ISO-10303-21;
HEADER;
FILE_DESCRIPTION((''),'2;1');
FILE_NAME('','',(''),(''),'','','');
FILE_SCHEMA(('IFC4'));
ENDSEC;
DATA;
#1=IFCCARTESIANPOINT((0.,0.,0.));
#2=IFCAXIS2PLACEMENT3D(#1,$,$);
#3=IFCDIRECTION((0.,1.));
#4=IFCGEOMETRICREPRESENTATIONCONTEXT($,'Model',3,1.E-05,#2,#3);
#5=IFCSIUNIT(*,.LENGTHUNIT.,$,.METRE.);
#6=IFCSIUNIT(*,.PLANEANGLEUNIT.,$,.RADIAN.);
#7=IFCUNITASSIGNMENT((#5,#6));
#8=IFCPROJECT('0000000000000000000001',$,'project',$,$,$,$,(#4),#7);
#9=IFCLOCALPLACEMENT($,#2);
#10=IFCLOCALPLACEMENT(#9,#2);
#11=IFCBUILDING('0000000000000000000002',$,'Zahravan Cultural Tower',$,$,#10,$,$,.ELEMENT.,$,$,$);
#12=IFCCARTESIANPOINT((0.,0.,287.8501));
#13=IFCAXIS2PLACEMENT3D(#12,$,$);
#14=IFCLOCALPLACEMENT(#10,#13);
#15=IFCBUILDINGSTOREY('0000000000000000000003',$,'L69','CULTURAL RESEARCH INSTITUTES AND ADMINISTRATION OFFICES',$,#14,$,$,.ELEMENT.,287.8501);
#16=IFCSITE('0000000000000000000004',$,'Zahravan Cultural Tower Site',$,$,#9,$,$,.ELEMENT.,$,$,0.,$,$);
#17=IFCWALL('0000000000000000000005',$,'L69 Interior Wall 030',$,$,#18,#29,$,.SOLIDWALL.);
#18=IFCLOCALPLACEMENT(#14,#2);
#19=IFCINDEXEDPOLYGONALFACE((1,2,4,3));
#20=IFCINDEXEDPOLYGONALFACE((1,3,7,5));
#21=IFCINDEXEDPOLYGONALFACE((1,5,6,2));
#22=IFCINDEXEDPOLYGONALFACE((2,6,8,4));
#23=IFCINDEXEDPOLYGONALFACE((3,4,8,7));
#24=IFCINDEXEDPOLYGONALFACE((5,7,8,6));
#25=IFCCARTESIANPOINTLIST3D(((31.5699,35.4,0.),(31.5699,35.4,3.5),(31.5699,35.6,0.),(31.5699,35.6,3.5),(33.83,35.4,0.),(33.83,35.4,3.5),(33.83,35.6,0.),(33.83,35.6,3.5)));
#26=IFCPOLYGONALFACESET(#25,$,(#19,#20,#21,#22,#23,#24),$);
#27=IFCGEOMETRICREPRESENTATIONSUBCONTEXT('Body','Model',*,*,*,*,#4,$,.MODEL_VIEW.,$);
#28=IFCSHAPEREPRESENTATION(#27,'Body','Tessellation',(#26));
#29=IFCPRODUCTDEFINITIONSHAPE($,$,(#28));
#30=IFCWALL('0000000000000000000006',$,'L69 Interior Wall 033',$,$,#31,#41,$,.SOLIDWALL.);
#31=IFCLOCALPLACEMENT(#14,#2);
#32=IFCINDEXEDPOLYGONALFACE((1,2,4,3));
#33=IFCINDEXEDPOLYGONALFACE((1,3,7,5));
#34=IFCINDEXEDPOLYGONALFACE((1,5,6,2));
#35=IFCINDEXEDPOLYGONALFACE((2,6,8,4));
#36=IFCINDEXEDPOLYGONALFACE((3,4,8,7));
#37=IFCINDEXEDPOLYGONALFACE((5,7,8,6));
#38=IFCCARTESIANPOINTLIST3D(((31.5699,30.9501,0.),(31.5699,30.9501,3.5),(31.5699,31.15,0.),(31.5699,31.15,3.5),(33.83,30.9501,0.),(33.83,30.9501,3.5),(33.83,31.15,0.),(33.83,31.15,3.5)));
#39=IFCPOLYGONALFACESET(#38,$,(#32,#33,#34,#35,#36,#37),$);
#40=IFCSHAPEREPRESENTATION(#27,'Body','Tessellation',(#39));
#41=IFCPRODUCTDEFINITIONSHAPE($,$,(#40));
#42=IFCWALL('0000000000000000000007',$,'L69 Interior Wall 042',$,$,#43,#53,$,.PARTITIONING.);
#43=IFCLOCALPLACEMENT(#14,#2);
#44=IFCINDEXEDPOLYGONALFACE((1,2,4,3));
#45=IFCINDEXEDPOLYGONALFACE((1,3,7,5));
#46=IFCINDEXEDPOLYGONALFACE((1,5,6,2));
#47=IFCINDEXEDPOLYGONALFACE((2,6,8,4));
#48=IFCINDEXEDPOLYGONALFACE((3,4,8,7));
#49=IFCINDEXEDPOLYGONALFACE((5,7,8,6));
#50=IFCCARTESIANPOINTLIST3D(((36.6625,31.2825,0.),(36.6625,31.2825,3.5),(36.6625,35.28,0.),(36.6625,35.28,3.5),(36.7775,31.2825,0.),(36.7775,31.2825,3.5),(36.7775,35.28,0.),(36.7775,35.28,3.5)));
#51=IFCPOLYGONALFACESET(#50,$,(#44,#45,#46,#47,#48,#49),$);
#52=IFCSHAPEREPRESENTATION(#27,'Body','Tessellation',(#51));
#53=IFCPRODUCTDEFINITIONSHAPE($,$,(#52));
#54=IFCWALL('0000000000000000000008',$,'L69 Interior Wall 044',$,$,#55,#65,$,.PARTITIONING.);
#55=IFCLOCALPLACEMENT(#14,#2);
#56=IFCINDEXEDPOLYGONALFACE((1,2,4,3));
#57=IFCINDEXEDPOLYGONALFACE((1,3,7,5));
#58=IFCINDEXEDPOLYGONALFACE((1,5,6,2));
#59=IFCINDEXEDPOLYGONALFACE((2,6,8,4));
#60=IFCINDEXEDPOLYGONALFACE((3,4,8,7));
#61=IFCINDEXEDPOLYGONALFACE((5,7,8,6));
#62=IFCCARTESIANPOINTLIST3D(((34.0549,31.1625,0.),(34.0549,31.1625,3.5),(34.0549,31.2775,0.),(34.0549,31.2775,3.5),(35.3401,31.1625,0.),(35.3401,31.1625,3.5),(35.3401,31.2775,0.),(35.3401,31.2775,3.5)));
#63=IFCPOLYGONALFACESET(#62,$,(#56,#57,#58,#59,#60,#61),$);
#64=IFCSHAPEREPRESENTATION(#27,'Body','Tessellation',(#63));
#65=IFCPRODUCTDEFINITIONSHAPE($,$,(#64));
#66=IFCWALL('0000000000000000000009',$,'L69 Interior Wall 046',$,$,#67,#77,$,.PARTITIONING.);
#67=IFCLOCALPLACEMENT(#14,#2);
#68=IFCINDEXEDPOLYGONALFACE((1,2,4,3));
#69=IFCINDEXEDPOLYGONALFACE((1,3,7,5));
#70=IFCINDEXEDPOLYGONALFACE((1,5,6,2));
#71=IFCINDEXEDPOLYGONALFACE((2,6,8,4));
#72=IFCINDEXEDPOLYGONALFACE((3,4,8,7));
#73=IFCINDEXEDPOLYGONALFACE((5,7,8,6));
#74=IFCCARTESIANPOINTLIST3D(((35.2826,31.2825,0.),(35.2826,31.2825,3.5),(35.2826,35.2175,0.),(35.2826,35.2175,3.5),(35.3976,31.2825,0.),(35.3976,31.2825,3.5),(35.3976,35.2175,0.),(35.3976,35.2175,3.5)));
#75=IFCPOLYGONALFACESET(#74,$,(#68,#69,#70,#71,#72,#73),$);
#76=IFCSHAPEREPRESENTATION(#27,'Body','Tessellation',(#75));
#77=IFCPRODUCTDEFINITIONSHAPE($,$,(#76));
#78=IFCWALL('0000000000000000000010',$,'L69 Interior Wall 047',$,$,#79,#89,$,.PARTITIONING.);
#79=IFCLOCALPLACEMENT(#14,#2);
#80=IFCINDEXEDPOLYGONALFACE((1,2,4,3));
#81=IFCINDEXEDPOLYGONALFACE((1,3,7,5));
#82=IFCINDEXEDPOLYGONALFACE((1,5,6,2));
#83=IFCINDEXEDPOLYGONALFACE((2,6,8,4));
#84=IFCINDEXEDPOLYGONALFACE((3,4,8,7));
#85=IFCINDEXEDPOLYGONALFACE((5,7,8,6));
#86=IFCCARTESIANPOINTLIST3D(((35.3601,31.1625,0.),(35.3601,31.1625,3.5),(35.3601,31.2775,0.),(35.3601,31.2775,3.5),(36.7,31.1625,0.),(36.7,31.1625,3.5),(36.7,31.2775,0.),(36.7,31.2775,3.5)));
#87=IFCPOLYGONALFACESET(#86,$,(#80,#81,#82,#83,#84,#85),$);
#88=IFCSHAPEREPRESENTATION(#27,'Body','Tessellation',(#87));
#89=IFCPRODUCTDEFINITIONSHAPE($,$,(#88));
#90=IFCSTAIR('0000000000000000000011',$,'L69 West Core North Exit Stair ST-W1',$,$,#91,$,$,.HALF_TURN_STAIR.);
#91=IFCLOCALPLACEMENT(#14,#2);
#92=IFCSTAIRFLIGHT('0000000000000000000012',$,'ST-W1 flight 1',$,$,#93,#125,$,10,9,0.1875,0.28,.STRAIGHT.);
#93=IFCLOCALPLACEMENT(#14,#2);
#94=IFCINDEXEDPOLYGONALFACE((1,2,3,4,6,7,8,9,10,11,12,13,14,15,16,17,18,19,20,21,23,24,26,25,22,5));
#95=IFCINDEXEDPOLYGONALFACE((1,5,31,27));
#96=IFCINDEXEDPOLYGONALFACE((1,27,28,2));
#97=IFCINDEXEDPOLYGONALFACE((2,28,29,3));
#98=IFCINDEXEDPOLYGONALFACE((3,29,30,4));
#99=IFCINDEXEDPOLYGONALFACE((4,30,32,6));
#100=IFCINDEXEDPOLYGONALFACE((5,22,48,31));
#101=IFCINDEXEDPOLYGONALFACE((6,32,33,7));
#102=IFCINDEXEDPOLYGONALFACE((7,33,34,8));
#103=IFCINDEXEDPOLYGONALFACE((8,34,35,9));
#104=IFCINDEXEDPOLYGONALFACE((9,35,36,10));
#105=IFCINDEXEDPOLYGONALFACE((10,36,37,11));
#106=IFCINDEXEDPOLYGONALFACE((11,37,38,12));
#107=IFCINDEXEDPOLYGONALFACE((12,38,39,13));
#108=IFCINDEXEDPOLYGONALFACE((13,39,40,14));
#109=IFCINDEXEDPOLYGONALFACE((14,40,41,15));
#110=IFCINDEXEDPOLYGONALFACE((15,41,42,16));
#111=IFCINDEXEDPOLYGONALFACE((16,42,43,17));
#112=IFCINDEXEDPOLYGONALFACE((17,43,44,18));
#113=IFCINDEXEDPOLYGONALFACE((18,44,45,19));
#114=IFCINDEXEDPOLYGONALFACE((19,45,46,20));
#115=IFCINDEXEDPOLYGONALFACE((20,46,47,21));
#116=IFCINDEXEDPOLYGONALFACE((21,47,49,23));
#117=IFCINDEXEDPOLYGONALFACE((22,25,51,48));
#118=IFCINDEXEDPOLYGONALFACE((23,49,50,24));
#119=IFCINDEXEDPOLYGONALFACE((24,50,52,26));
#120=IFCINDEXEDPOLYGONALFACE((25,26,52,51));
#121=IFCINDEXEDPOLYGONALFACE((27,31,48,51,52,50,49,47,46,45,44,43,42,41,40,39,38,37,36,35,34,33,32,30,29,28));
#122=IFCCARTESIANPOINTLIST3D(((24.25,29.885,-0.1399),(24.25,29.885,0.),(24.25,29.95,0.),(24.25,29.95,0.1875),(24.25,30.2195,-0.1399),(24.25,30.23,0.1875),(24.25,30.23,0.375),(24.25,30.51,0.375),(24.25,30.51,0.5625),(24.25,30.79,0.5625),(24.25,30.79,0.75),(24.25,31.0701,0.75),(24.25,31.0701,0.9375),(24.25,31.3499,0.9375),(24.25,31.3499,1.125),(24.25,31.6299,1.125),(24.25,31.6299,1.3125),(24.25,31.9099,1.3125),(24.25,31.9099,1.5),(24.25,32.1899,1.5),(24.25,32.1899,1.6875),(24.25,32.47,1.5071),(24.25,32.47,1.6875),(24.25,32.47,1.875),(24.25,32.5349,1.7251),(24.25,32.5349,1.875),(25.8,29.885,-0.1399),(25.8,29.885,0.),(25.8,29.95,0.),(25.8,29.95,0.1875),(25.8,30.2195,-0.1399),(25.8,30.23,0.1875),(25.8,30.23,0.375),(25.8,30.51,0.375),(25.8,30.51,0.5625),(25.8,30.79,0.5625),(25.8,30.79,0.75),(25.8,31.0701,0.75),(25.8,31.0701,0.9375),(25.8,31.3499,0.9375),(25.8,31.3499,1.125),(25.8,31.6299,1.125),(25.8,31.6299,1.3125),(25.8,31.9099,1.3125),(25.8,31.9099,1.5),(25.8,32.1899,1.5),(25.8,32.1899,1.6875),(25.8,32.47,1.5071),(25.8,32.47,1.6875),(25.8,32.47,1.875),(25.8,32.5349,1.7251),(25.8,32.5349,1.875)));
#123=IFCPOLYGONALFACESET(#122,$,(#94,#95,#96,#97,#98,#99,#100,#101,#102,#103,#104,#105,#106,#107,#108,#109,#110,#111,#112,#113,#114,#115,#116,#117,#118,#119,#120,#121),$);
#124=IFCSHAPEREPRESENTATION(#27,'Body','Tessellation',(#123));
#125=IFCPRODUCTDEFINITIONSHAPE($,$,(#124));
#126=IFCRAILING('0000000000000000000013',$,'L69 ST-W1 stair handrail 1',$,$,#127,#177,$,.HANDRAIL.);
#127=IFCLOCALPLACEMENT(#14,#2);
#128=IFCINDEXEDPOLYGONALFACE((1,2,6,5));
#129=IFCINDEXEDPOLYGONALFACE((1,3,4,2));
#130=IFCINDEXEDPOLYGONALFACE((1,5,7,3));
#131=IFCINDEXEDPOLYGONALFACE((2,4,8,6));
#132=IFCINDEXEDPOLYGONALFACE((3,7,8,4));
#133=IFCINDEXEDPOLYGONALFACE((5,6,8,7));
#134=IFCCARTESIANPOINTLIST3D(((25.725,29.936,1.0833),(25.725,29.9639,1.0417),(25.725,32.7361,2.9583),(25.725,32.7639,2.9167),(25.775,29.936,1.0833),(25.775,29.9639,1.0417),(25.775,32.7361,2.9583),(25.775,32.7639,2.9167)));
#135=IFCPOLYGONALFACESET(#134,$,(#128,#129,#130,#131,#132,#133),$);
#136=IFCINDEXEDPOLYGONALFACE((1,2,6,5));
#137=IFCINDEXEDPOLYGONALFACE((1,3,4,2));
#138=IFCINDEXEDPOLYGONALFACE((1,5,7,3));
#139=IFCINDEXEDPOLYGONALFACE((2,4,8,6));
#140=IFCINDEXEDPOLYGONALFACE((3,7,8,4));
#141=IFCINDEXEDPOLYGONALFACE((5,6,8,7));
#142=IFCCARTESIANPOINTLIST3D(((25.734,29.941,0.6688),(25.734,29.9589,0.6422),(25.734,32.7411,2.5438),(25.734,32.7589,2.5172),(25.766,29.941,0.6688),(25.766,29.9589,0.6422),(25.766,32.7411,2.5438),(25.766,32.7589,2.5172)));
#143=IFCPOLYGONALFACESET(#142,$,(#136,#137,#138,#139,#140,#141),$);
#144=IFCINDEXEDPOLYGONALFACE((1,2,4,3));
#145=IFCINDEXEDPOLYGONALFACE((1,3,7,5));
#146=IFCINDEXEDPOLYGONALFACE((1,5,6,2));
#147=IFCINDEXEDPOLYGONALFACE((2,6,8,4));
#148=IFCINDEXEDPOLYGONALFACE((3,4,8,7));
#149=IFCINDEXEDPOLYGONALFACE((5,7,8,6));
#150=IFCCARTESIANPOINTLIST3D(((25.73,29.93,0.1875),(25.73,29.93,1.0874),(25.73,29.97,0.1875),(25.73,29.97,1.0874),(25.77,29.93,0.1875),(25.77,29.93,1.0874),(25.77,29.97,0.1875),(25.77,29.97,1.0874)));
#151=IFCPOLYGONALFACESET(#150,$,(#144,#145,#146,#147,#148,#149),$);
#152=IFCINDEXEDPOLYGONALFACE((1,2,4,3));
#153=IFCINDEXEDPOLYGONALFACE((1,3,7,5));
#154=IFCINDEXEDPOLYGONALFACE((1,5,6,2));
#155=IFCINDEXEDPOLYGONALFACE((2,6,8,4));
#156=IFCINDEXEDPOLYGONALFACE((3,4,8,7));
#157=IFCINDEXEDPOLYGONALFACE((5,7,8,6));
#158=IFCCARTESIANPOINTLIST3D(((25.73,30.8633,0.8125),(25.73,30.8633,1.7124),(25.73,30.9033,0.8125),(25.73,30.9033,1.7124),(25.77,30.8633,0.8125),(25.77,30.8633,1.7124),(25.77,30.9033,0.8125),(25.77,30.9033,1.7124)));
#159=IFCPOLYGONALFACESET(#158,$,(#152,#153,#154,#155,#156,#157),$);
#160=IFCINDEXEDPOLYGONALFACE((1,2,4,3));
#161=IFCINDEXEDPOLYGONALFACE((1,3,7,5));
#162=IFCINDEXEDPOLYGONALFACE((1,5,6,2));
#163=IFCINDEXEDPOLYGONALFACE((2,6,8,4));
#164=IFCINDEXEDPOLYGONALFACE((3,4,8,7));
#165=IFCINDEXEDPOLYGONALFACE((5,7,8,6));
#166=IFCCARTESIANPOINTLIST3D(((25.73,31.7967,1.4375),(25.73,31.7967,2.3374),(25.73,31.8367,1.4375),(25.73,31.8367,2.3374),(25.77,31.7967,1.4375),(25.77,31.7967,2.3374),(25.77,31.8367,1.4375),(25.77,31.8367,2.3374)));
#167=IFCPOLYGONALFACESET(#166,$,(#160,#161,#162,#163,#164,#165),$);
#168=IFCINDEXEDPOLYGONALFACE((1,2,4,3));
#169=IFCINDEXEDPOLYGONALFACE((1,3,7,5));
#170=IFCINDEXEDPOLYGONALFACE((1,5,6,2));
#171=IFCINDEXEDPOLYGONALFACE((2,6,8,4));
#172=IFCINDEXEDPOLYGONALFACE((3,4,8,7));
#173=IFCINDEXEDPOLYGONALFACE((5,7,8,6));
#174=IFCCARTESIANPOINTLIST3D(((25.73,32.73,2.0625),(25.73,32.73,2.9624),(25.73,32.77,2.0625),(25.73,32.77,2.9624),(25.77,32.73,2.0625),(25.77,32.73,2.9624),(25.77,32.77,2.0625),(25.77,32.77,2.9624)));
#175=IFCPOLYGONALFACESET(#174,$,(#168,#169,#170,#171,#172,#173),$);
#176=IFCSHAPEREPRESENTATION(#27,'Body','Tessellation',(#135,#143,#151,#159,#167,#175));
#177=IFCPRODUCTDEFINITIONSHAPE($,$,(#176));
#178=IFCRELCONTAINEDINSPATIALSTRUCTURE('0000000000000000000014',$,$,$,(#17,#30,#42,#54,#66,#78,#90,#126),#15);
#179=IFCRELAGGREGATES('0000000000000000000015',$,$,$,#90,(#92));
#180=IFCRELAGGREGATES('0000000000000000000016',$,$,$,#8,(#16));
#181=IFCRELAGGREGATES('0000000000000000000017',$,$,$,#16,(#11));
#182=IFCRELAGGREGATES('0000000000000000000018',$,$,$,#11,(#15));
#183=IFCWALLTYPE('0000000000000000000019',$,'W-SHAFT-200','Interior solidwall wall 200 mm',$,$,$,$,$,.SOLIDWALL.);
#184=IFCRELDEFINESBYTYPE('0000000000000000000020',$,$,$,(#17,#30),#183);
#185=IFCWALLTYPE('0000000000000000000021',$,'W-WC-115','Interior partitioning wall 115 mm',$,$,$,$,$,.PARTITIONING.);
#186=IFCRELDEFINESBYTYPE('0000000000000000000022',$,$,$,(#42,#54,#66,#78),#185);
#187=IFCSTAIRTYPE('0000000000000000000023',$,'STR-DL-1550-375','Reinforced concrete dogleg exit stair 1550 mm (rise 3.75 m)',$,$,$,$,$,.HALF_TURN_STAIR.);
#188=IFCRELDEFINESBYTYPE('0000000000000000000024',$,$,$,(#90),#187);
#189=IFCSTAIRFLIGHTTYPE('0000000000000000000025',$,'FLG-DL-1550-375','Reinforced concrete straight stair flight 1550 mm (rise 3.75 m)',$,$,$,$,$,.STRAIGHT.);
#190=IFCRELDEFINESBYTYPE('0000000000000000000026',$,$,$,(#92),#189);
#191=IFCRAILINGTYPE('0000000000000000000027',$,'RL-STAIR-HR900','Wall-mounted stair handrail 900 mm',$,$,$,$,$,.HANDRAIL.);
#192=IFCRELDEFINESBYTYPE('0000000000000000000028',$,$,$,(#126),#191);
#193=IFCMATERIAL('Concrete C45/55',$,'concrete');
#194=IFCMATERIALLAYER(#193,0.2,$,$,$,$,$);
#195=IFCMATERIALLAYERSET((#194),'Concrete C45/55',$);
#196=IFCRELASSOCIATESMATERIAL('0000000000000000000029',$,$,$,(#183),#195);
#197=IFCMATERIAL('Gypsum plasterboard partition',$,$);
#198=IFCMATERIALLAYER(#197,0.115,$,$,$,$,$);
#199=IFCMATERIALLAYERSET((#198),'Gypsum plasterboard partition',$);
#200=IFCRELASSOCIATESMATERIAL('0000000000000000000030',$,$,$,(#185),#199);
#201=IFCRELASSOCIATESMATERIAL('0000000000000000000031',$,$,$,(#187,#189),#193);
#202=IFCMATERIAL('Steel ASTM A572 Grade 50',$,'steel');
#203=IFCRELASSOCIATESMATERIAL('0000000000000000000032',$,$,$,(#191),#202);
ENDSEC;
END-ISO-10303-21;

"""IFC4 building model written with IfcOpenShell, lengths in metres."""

from ifc_helpers import new_model, si_unit, direction, frame, frame_2d, origin, origin_2d, place, context, subcontext, project, spatial, polyline, rectangle, outline, extrude, source, transform, mapped, material, layer, layer_set, type_object, element, aggregate, save


model = new_model("IFC4")

# Units and contexts
model_context = context("Model", 3, precision=1e-05, world=origin(), true_north=direction((0.0, 1.0)))
body_context = subcontext(model_context, "Body", "Model", "MODEL_VIEW")
ifc_project = project(units=[si_unit("LENGTHUNIT", "METRE"), si_unit("PLANEANGLEUNIT", "RADIAN")], contexts=[model_context])

# Site, building, storey
site_placement = place(None, origin())
site = spatial("IfcSite", under=ifc_project, at=site_placement, Name="Zahravan Cultural Tower Site", CompositionType="ELEMENT", RefElevation=0.0)
building_placement = place(site_placement, origin())
building = spatial("IfcBuilding", under=site, at=building_placement, Name="Zahravan Cultural Tower", CompositionType="ELEMENT")
storey_placement = place(building_placement, frame((0.0, 0.0, 287.8501)))
storey = spatial("IfcBuildingStorey", under=building, at=storey_placement, Name="L69", Description="CULTURAL RESEARCH INSTITUTES AND ADMINISTRATION OFFICES", CompositionType="ELEMENT", Elevation=287.8501)

# Shared definitions
ifc_material_1 = material(Name="Concrete C45/55", Category="concrete")
ifc_layer_1 = layer(ifc_material_1, 0.2)
ifc_layer_set_1 = layer_set([ifc_layer_1], Name="Concrete C45/55")
wall_type_1 = type_object("IfcWallType", Name="W-SHAFT-200", Description="Interior solidwall wall 200 mm", PredefinedType="SOLIDWALL", material=ifc_layer_set_1)
ifc_material_2 = material(Name="Steel ASTM A572 Grade 50", Category="steel")
ifc_material_3 = material(Name="Gypsum plasterboard partition")
ifc_layer_2 = layer(ifc_material_3, 0.115)
ifc_layer_set_2 = layer_set([ifc_layer_2], Name="Gypsum plasterboard partition")
wall_type_2 = type_object("IfcWallType", Name="W-WC-115", Description="Interior partitioning wall 115 mm", PredefinedType="PARTITIONING", material=ifc_layer_set_2)

# Walls
shared_shape_1 = source(origin(), body_context, "Body", "SweptSolid", [
    extrude(rectangle(XDim=2.26, YDim=0.2, at=frame_2d((1.1299, 0.0))), origin(), (0.0, 0.0, 1.0), 3.5),
])
for number, where, z_axis, x_axis, name in (
    (1, (31.5701, 35.5, 0.0), (0.0, 0.0, 1.0), (1.0, 0.0, 0.0), "L69 Interior Wall 030"),
    (2, (31.5701, 31.05, 0.0), (0.0, 0.0, 1.0), (1.0, 0.0, 0.0), "L69 Interior Wall 033"),
):
    element("IfcWall", number, at=place(storey_placement, frame(where, z_axis=z_axis, x_axis=x_axis)), inside=storey, type_object=wall_type_1, Name=name, PredefinedType="SOLIDWALL", context=body_context, shape_type="MappedRepresentation", body=[
        mapped(shared_shape_1, transform((0.0, 0.0, 0.0), x_axis=(1.0, 0.0, 0.0), y_axis=(0.0, 1.0, 0.0), z_axis=(0.0, 0.0, 1.0), scale=1.0)),
    ])
shared_shape_2 = source(origin(), body_context, "Body", "SweptSolid", [
    extrude(rectangle(XDim=3.9976, YDim=0.115, at=frame_2d((1.9988, 0.0))), origin(), (0.0, 0.0, 1.0), 3.5),
])
wall_1_placement = place(storey_placement, frame((36.72, 31.2825, 0.0), z_axis=(0.0, 0.0, 1.0), x_axis=(0.0, 1.0, 0.0)))
element("IfcWall", 3, at=wall_1_placement, inside=storey, type_object=wall_type_2, Name="L69 Interior Wall 042", PredefinedType="PARTITIONING", context=body_context, shape_type="MappedRepresentation", body=[
    mapped(shared_shape_2, transform((0.0, 0.0, 0.0), x_axis=(1.0, 0.0, 0.0), y_axis=(0.0, 1.0, 0.0), z_axis=(0.0, 0.0, 1.0), scale=1.0)),
])
shared_shape_3 = source(origin(), body_context, "Body", "SweptSolid", [
    extrude(rectangle(XDim=1.2852, YDim=0.115, at=frame_2d((0.6426, 0.0))), origin(), (0.0, 0.0, 1.0), 3.5),
])
wall_2_placement = place(storey_placement, frame((35.3401, 31.22, 0.0), z_axis=(0.0, 0.0, 1.0), x_axis=(-1.0, 0.0, 0.0)))
element("IfcWall", 4, at=wall_2_placement, inside=storey, type_object=wall_type_2, Name="L69 Interior Wall 044", PredefinedType="PARTITIONING", context=body_context, shape_type="MappedRepresentation", body=[
    mapped(shared_shape_3, transform((0.0, 0.0, 0.0), x_axis=(1.0, 0.0, 0.0), y_axis=(0.0, 1.0, 0.0), z_axis=(0.0, 0.0, 1.0), scale=1.0)),
])
shared_shape_4 = source(origin(), body_context, "Body", "SweptSolid", [
    extrude(rectangle(XDim=3.9351, YDim=0.115, at=frame_2d((1.9675, 0.0))), origin(), (0.0, 0.0, 1.0), 3.5),
])
wall_3_placement = place(storey_placement, frame((35.3401, 35.2175, 0.0), z_axis=(0.0, 0.0, 1.0), x_axis=(0.0, -1.0, 0.0)))
element("IfcWall", 5, at=wall_3_placement, inside=storey, type_object=wall_type_2, Name="L69 Interior Wall 046", PredefinedType="PARTITIONING", context=body_context, shape_type="MappedRepresentation", body=[
    mapped(shared_shape_4, transform((0.0, 0.0, 0.0), x_axis=(1.0, 0.0, 0.0), y_axis=(0.0, 1.0, 0.0), z_axis=(0.0, 0.0, 1.0), scale=1.0)),
])
shared_shape_5 = source(origin(), body_context, "Body", "SweptSolid", [
    extrude(rectangle(XDim=1.3398, YDim=0.115, at=frame_2d((0.6699, 0.0))), origin(), (0.0, 0.0, 1.0), 3.5),
])
wall_4_placement = place(storey_placement, frame((36.7, 31.22, 0.0), z_axis=(0.0, 0.0, 1.0), x_axis=(-1.0, 0.0, 0.0)))
element("IfcWall", 6, at=wall_4_placement, inside=storey, type_object=wall_type_2, Name="L69 Interior Wall 047", PredefinedType="PARTITIONING", context=body_context, shape_type="MappedRepresentation", body=[
    mapped(shared_shape_5, transform((0.0, 0.0, 0.0), x_axis=(1.0, 0.0, 0.0), y_axis=(0.0, 1.0, 0.0), z_axis=(0.0, 0.0, 1.0), scale=1.0)),
])

# Stair, stair flight
stair_type = type_object("IfcStairType", Name="STR-DL-1550-375", Description="Reinforced concrete dogleg exit stair 1550 mm (rise 3.75 m)", PredefinedType="HALF_TURN_STAIR", material=ifc_material_1)
stair_placement = place(storey_placement, origin())
stair = element("IfcStair", 7, at=stair_placement, inside=storey, type_object=stair_type, Name="L69 West Core North Exit Stair ST-W1", PredefinedType="HALF_TURN_STAIR")
stair_flight_type = type_object("IfcStairFlightType", Name="FLG-DL-1550-375", Description="Reinforced concrete straight stair flight 1550 mm (rise 3.75 m)", PredefinedType="STRAIGHT", material=ifc_material_1)
stair_flight_placement = place(storey_placement, frame((25.0249, 29.95, 0.0), z_axis=(0.0, 0.0, 1.0), x_axis=(0.0, 1.0, 0.0)))
stair_flight = element("IfcStairFlight", 8, at=stair_flight_placement, type_object=stair_flight_type, Name="ST-W1 flight 1", NumberOfRisers=10, NumberOfTreads=9, PredefinedType="STRAIGHT", RiserHeight=0.1875, TreadLength=0.28, context=body_context, shape_type="SweptSolid", body=[
    extrude(outline(polyline([(-0.0649, -0.1399), (-0.0649, 0.0), (0.0, 0.0), (0.0, 0.1875), (0.28, 0.1875), (0.28, 0.375), (0.5601, 0.375), (0.5601, 0.5625), (0.8401, 0.5625), (0.8401, 0.75), (1.1201, 0.75), (1.1201, 0.9375), (1.3999, 0.9375), (1.3999, 1.125), (1.6799, 1.125), (1.6799, 1.3125), (1.96, 1.3125), (1.96, 1.5), (2.24, 1.5), (2.24, 1.6875), (2.52, 1.6875), (2.52, 1.875), (2.585, 1.875), (2.585, 1.7251), (2.52, 1.5071), (0.2695, -0.1399), (-0.0649, -0.1399)])), frame((0.0, 0.7749, 0.0), z_axis=(0.0, -1.0, 0.0), x_axis=(1.0, 0.0, 0.0)), (0.0, 0.0, 1.0), 1.55),
])
aggregate(stair, [stair_flight])

# Railing
railing_type = type_object("IfcRailingType", Name="RL-STAIR-HR900", Description="Wall-mounted stair handrail 900 mm", PredefinedType="HANDRAIL", material=ifc_material_2)
railing_placement = place(storey_placement, frame((25.75, 29.95, 0.1875)))
element("IfcRailing", 9, at=railing_placement, inside=storey, type_object=railing_type, Name="L69 ST-W1 stair handrail 1", PredefinedType="HANDRAIL", context=body_context, shape_type="SweptSolid", body=[
    extrude(rectangle(XDim=0.05, YDim=0.05, at=origin_2d()), frame((0.0, 0.0, 0.875), z_axis=(0.0, 0.830912, 0.556404), x_axis=(-1.0, 0.0, 0.0)), (0.0, 0.0, 1.0), 3.3699),
    extrude(rectangle(XDim=0.032, YDim=0.032, at=origin_2d()), frame((0.0, 0.0, 0.468), z_axis=(0.0, 0.830912, 0.556404), x_axis=(-1.0, 0.0, 0.0)), (0.0, 0.0, 1.0), 3.3699),
    extrude(rectangle(XDim=0.04, YDim=0.04, at=origin_2d()), origin(), (0.0, 0.0, 1.0), 0.8999),
    extrude(rectangle(XDim=0.04, YDim=0.04, at=origin_2d()), frame((0.0, 0.9333, 0.625)), (0.0, 0.0, 1.0), 0.8999),
    extrude(rectangle(XDim=0.04, YDim=0.04, at=origin_2d()), frame((0.0, 1.8667, 1.25)), (0.0, 0.0, 1.0), 0.8999),
    extrude(rectangle(XDim=0.04, YDim=0.04, at=origin_2d()), frame((0.0, 2.8, 1.875)), (0.0, 0.0, 1.0), 0.8999),
])

save(model, "model.ifc")
